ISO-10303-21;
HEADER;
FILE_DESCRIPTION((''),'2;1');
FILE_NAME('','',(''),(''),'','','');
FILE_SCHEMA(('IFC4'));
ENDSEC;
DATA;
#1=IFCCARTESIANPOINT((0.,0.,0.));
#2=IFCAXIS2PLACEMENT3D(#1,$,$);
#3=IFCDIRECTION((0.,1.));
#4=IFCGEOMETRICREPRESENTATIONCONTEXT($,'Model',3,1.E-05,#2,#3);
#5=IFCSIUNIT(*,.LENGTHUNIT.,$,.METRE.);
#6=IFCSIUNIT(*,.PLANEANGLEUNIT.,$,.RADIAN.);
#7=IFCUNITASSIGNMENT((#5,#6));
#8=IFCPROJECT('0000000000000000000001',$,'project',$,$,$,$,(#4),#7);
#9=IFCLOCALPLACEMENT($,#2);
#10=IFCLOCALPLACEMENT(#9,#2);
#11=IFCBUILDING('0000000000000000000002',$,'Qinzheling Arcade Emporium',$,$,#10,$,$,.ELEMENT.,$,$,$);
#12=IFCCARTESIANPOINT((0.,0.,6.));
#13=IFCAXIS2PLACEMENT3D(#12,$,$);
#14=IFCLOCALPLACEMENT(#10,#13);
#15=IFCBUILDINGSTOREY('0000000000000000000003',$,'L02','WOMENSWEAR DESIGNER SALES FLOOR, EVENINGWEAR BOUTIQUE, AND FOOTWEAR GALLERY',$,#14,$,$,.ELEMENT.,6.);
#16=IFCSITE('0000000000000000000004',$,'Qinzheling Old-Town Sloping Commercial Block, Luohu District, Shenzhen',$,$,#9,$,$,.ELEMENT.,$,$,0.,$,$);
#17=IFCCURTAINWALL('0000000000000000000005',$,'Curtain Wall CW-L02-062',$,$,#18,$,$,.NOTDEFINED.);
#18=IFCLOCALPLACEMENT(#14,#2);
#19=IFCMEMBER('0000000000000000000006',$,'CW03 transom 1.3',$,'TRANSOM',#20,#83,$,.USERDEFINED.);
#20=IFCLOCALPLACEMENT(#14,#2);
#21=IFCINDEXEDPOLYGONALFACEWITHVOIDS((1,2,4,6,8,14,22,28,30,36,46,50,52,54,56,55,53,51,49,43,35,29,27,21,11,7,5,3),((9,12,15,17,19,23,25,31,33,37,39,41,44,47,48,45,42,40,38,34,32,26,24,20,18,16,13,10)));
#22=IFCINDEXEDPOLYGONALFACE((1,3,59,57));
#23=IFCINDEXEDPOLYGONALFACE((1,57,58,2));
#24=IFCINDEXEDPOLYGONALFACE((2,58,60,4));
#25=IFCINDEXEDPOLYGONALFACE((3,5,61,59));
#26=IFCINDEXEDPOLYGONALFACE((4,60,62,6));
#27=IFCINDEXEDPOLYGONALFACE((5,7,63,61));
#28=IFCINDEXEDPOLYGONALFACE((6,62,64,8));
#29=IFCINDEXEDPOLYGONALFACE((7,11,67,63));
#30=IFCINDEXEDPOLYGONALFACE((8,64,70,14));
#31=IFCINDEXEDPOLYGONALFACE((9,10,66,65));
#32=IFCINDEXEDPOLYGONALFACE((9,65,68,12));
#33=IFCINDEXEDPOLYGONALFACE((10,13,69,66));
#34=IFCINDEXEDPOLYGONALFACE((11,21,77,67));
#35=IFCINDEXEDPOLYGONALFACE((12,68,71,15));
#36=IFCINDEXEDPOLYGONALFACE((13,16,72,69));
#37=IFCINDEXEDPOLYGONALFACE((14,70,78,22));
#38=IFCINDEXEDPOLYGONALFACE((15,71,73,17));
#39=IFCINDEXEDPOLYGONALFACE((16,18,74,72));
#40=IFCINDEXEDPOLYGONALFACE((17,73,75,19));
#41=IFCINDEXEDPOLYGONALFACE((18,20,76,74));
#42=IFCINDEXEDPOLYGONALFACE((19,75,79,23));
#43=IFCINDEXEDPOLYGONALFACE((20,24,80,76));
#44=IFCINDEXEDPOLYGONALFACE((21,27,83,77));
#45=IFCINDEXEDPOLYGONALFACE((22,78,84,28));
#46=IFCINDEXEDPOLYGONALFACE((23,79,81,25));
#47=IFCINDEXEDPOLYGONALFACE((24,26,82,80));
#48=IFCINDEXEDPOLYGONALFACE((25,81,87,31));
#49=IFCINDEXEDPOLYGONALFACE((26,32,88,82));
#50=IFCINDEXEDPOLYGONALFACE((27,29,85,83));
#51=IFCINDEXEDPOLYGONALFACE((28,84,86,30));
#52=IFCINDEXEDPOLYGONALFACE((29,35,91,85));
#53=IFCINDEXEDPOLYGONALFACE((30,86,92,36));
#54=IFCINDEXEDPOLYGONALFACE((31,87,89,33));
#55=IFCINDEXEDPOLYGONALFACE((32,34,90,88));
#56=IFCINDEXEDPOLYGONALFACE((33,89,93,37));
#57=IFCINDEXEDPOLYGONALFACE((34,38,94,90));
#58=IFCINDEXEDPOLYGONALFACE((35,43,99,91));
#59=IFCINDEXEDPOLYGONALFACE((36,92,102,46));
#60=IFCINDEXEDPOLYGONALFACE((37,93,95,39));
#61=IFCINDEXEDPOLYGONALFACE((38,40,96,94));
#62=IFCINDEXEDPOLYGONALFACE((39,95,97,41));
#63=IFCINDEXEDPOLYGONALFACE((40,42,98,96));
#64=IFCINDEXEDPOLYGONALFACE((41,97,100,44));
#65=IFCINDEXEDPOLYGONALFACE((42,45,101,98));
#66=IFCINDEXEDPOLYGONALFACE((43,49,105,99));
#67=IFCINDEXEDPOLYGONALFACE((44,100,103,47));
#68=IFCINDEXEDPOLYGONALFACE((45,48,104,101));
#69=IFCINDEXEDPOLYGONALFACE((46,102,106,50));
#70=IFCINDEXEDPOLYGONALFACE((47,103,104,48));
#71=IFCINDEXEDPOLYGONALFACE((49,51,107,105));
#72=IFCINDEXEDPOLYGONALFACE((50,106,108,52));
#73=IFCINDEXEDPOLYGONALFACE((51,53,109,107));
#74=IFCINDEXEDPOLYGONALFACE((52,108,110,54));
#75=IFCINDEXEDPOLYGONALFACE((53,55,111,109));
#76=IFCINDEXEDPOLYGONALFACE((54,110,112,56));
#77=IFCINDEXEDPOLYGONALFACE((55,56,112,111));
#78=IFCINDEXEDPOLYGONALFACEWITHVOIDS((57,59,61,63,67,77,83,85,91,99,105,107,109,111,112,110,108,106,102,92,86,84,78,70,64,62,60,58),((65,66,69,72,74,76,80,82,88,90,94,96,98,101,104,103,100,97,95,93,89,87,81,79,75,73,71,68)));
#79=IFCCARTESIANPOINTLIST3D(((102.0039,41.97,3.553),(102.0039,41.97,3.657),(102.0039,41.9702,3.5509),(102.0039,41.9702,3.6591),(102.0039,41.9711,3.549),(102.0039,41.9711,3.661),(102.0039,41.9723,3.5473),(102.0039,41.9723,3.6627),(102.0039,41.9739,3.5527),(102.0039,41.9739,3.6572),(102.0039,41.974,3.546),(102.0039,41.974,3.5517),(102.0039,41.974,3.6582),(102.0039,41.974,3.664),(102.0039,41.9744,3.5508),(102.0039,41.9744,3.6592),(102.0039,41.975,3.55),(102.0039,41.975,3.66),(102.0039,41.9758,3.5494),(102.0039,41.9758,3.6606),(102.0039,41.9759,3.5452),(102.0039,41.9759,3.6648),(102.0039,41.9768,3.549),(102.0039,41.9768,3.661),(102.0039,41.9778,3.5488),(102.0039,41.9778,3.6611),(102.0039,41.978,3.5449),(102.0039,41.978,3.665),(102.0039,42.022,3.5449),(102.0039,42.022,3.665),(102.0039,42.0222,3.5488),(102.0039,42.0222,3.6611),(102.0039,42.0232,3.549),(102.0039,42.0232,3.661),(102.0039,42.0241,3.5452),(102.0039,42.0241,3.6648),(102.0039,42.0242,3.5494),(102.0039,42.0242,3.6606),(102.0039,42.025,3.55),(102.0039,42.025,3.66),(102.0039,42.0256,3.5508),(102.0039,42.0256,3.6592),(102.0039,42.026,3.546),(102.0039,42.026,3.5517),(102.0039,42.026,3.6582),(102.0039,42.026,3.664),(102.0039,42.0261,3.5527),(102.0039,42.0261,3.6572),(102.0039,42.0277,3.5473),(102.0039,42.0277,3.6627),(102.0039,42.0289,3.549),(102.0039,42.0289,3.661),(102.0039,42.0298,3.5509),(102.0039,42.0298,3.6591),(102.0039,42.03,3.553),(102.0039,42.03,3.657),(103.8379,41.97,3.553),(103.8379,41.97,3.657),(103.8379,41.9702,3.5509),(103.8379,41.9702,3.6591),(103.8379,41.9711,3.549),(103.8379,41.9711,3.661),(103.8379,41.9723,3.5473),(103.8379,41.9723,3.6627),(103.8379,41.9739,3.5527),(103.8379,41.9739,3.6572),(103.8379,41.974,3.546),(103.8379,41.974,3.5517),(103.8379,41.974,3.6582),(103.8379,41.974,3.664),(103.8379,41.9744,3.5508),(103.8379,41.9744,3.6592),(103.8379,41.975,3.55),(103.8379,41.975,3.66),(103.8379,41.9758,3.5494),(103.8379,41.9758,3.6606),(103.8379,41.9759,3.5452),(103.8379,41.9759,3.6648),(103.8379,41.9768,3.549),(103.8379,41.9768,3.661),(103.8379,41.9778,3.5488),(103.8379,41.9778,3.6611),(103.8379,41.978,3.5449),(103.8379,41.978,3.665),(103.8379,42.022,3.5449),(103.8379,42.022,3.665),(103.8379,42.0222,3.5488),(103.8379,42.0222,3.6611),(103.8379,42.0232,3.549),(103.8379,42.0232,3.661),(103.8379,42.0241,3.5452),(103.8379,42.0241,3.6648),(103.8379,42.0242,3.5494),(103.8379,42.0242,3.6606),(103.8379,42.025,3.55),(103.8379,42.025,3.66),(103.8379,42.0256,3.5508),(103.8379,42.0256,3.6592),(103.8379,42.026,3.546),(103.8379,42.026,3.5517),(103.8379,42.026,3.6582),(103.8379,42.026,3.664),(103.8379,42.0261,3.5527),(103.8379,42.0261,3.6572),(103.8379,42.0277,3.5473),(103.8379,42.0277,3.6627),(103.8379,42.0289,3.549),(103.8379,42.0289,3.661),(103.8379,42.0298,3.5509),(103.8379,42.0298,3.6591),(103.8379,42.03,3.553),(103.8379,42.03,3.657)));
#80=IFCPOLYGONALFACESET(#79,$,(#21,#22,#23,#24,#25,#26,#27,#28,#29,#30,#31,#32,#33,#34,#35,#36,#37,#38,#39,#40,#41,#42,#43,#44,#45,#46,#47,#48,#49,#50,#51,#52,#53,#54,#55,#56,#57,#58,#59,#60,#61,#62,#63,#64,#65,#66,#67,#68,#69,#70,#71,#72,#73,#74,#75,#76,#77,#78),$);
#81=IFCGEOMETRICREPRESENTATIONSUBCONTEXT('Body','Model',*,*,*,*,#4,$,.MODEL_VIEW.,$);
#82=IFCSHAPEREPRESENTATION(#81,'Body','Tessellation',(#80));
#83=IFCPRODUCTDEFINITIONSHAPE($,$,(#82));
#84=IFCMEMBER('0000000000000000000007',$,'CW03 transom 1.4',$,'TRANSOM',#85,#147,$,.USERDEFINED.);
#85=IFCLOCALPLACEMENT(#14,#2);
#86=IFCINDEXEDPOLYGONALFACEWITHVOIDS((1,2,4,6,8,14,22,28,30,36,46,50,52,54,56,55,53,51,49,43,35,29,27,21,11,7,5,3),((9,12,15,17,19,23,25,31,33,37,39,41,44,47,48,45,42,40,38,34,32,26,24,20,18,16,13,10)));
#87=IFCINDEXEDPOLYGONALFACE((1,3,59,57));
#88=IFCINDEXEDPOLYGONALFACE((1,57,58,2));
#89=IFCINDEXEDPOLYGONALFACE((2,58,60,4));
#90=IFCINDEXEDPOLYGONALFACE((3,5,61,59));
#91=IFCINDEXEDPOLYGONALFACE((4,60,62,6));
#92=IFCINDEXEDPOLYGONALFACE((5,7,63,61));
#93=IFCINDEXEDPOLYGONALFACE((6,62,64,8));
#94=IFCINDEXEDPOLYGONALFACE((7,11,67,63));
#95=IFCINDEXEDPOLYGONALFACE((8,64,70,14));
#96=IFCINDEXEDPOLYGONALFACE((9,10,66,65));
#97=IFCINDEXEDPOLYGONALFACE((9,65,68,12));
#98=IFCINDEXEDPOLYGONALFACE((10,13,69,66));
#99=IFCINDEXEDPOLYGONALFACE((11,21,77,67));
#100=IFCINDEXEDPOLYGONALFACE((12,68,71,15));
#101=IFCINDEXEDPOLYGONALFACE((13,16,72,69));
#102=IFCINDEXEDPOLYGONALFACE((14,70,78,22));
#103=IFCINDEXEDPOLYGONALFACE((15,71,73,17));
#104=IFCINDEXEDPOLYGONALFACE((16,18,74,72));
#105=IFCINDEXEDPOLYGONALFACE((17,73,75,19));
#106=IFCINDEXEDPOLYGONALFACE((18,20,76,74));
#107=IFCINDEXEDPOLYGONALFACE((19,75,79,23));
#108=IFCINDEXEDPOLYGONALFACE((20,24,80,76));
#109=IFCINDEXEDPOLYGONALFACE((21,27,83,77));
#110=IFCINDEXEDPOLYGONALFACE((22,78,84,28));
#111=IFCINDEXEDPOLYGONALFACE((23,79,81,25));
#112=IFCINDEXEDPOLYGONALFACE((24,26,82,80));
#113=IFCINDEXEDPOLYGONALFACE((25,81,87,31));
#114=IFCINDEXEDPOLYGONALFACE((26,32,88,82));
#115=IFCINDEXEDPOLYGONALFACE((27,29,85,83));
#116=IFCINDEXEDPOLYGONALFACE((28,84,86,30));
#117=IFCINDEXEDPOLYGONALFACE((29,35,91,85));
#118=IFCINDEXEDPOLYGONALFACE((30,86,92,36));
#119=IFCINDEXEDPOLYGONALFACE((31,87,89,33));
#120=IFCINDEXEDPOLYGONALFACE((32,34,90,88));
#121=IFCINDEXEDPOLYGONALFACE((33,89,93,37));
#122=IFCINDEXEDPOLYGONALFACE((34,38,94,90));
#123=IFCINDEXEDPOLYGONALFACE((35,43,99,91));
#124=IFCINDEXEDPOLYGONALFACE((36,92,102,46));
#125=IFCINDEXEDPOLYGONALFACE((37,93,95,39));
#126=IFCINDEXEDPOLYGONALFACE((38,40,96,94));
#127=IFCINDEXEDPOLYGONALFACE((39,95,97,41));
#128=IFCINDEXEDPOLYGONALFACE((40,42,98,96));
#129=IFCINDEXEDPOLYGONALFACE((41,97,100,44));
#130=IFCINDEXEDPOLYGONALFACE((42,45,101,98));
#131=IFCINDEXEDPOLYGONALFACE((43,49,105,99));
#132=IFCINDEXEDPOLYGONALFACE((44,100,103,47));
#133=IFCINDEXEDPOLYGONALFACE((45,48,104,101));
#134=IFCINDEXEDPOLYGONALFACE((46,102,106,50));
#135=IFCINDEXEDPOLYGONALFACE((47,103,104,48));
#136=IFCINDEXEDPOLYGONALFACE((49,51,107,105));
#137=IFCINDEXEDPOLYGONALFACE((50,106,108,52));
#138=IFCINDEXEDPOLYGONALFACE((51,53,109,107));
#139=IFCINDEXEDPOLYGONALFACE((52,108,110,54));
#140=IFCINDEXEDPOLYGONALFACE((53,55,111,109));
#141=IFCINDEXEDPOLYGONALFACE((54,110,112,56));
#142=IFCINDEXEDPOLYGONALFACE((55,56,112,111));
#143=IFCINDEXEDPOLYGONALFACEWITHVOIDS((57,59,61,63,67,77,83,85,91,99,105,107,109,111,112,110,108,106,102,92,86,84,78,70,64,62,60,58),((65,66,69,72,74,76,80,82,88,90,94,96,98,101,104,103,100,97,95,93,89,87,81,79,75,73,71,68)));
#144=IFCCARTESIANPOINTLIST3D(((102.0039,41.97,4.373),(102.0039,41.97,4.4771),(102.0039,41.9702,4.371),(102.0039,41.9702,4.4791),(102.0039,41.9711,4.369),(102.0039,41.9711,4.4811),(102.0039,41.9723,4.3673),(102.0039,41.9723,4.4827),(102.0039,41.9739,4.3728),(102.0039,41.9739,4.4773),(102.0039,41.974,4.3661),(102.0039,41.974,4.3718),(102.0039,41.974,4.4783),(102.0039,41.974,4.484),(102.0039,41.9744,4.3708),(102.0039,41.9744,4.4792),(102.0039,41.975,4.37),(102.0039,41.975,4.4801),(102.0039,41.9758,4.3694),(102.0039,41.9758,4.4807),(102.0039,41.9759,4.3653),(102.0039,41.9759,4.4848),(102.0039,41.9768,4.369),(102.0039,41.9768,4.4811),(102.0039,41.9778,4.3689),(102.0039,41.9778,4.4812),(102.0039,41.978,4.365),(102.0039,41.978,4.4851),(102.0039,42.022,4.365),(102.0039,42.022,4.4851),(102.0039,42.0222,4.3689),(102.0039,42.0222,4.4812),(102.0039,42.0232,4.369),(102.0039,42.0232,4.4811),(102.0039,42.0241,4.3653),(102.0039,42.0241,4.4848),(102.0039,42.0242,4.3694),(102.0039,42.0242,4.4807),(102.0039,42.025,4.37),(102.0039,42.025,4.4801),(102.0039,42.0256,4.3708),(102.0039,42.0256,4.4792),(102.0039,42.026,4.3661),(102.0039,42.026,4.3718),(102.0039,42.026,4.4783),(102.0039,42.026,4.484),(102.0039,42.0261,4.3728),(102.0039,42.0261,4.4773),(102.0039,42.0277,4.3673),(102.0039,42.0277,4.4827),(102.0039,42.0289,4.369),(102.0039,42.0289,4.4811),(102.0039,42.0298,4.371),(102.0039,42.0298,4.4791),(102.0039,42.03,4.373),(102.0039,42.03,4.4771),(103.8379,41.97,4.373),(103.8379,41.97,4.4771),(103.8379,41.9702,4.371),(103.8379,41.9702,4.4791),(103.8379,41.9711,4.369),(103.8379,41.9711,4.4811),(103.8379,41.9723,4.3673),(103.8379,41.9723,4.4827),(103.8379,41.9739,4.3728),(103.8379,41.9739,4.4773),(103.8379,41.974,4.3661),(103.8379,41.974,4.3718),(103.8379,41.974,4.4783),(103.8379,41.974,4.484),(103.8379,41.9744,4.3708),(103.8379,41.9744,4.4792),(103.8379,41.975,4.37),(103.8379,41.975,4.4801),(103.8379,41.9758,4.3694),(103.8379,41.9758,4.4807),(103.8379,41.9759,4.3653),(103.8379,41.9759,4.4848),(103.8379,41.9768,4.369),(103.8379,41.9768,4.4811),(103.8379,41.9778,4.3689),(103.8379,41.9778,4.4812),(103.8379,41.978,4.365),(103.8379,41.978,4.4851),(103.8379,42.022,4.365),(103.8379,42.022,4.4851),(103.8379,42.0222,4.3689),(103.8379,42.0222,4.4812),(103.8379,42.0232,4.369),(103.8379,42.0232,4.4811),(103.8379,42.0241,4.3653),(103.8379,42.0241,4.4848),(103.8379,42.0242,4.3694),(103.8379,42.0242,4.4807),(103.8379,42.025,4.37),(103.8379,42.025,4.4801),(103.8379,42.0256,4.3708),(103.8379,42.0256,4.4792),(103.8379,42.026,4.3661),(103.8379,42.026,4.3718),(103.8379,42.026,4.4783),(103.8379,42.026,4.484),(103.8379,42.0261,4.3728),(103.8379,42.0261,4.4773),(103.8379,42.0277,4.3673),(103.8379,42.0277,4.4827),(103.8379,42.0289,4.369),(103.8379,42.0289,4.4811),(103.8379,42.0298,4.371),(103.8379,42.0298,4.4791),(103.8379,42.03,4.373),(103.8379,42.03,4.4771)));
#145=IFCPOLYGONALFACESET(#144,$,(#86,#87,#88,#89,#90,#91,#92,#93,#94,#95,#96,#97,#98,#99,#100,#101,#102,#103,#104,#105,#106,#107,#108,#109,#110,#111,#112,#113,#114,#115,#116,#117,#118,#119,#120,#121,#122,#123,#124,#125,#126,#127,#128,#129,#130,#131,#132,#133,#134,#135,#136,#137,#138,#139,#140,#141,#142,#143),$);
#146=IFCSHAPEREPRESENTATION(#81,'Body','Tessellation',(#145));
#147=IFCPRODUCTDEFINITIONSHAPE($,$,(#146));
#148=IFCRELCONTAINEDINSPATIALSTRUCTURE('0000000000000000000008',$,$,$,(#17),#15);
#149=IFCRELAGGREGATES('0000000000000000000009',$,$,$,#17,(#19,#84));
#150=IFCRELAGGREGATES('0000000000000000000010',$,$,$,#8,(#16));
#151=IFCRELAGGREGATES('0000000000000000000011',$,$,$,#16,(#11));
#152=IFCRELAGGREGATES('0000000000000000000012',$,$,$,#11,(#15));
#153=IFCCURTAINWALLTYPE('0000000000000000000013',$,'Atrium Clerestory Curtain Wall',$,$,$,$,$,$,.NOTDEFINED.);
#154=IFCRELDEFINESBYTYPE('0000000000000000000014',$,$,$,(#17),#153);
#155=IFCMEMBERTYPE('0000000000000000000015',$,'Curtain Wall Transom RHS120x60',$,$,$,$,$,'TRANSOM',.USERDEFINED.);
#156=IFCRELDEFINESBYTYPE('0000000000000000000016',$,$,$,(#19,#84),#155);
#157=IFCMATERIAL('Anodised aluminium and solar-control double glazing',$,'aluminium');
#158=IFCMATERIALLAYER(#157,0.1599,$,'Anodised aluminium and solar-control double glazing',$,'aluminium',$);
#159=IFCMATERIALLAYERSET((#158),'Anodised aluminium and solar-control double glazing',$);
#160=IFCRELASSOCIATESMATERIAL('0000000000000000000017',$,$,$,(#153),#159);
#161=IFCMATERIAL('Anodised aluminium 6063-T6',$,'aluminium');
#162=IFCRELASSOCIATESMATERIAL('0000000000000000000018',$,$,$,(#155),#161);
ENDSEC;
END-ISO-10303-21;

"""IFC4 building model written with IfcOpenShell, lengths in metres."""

from ifc_helpers import new_model, si_unit, direction, frame, origin, origin_2d, place, context, subcontext, project, spatial, hollow_rectangle, extrude, material, layer, layer_set, material_profile, profile_set, type_object, element, aggregate, save


model = new_model("IFC4")

# Units and contexts
model_context = context("Model", 3, precision=1e-05, world=origin(), true_north=direction((0.0, 1.0)))
body_context = subcontext(model_context, "Body", "Model", "MODEL_VIEW")
ifc_project = project(units=[si_unit("LENGTHUNIT", "METRE"), si_unit("PLANEANGLEUNIT", "RADIAN")], contexts=[model_context])

# Site, building, storey
site_placement = place(None, origin())
site = spatial("IfcSite", under=ifc_project, at=site_placement, Name="Qinzheling Old-Town Sloping Commercial Block, Luohu District, Shenzhen", CompositionType="ELEMENT", RefElevation=0.0)
building_placement = place(site_placement, origin())
building = spatial("IfcBuilding", under=site, at=building_placement, Name="Qinzheling Arcade Emporium", CompositionType="ELEMENT")
storey_placement = place(building_placement, frame((0.0, 0.0, 6.0)))
storey = spatial("IfcBuildingStorey", under=building, at=storey_placement, Name="L02", Description="WOMENSWEAR DESIGNER SALES FLOOR, EVENINGWEAR BOUTIQUE, AND FOOTWEAR GALLERY", CompositionType="ELEMENT", Elevation=6.0)

# Curtain wall, members
ifc_material_1 = material(Name="Anodised aluminium and solar-control double glazing", Category="aluminium")
ifc_layer_1 = layer(ifc_material_1, 0.1599, Name="Anodised aluminium and solar-control double glazing", Category="aluminium")
ifc_layer_set_1 = layer_set([ifc_layer_1], Name="Anodised aluminium and solar-control double glazing")
curtain_wall_type = type_object("IfcCurtainWallType", Name="Atrium Clerestory Curtain Wall", PredefinedType="NOTDEFINED", material=ifc_layer_set_1)
curtain_wall_placement = place(storey_placement, origin())
curtain_wall = element("IfcCurtainWall", 1, at=curtain_wall_placement, inside=storey, type_object=curtain_wall_type, Name="Curtain Wall CW-L02-062", PredefinedType="NOTDEFINED")
ifc_material_2 = material(Name="Anodised aluminium 6063-T6", Category="aluminium")
ifc_material_profile_1 = material_profile(ifc_material_2, hollow_rectangle(XDim=0.0601, YDim=0.1201, WallThickness=0.0039, InnerFilletRadius=0.0039, OuterFilletRadius=0.0081, at=origin_2d()), Name="RHS 120x60x4", Category="aluminium")
ifc_profile_set_1 = profile_set([ifc_material_profile_1], Name="Anodised aluminium 6063-T6")
member_type_1 = type_object("IfcMemberType", Name="Curtain Wall Transom RHS120x60", ElementType="TRANSOM", PredefinedType="USERDEFINED", material=ifc_profile_set_1)
member_1_placement = place(storey_placement, frame((103.8379, 42.0, 3.605), z_axis=(-1.0, 0.0, 0.0), x_axis=(0.0, -1.0, 0.0)))
member_1 = element("IfcMember", 2, at=member_1_placement, type_object=member_type_1, Name="CW03 transom 1.3", ObjectType="TRANSOM", PredefinedType="USERDEFINED", context=body_context, shape_type="SweptSolid", body=[
    extrude(hollow_rectangle(XDim=0.0601, YDim=0.1201, WallThickness=0.0039, InnerFilletRadius=0.0039, OuterFilletRadius=0.0081, at=origin_2d()), origin(), (0.0, 0.0, 1.0), 1.834),
])
member_2_placement = place(storey_placement, frame((103.8379, 42.0, 4.425), z_axis=(-1.0, 0.0, 0.0), x_axis=(0.0, -1.0, 0.0)))
member_2 = element("IfcMember", 3, at=member_2_placement, type_object=member_type_1, Name="CW03 transom 1.4", ObjectType="TRANSOM", PredefinedType="USERDEFINED", context=body_context, shape_type="SweptSolid", body=[
    extrude(hollow_rectangle(XDim=0.0601, YDim=0.1201, WallThickness=0.0039, InnerFilletRadius=0.0039, OuterFilletRadius=0.0081, at=origin_2d()), origin(), (0.0, 0.0, 1.0), 1.834),
])

aggregate(curtain_wall, [member_1, member_2])

save(model, "model.ifc")
